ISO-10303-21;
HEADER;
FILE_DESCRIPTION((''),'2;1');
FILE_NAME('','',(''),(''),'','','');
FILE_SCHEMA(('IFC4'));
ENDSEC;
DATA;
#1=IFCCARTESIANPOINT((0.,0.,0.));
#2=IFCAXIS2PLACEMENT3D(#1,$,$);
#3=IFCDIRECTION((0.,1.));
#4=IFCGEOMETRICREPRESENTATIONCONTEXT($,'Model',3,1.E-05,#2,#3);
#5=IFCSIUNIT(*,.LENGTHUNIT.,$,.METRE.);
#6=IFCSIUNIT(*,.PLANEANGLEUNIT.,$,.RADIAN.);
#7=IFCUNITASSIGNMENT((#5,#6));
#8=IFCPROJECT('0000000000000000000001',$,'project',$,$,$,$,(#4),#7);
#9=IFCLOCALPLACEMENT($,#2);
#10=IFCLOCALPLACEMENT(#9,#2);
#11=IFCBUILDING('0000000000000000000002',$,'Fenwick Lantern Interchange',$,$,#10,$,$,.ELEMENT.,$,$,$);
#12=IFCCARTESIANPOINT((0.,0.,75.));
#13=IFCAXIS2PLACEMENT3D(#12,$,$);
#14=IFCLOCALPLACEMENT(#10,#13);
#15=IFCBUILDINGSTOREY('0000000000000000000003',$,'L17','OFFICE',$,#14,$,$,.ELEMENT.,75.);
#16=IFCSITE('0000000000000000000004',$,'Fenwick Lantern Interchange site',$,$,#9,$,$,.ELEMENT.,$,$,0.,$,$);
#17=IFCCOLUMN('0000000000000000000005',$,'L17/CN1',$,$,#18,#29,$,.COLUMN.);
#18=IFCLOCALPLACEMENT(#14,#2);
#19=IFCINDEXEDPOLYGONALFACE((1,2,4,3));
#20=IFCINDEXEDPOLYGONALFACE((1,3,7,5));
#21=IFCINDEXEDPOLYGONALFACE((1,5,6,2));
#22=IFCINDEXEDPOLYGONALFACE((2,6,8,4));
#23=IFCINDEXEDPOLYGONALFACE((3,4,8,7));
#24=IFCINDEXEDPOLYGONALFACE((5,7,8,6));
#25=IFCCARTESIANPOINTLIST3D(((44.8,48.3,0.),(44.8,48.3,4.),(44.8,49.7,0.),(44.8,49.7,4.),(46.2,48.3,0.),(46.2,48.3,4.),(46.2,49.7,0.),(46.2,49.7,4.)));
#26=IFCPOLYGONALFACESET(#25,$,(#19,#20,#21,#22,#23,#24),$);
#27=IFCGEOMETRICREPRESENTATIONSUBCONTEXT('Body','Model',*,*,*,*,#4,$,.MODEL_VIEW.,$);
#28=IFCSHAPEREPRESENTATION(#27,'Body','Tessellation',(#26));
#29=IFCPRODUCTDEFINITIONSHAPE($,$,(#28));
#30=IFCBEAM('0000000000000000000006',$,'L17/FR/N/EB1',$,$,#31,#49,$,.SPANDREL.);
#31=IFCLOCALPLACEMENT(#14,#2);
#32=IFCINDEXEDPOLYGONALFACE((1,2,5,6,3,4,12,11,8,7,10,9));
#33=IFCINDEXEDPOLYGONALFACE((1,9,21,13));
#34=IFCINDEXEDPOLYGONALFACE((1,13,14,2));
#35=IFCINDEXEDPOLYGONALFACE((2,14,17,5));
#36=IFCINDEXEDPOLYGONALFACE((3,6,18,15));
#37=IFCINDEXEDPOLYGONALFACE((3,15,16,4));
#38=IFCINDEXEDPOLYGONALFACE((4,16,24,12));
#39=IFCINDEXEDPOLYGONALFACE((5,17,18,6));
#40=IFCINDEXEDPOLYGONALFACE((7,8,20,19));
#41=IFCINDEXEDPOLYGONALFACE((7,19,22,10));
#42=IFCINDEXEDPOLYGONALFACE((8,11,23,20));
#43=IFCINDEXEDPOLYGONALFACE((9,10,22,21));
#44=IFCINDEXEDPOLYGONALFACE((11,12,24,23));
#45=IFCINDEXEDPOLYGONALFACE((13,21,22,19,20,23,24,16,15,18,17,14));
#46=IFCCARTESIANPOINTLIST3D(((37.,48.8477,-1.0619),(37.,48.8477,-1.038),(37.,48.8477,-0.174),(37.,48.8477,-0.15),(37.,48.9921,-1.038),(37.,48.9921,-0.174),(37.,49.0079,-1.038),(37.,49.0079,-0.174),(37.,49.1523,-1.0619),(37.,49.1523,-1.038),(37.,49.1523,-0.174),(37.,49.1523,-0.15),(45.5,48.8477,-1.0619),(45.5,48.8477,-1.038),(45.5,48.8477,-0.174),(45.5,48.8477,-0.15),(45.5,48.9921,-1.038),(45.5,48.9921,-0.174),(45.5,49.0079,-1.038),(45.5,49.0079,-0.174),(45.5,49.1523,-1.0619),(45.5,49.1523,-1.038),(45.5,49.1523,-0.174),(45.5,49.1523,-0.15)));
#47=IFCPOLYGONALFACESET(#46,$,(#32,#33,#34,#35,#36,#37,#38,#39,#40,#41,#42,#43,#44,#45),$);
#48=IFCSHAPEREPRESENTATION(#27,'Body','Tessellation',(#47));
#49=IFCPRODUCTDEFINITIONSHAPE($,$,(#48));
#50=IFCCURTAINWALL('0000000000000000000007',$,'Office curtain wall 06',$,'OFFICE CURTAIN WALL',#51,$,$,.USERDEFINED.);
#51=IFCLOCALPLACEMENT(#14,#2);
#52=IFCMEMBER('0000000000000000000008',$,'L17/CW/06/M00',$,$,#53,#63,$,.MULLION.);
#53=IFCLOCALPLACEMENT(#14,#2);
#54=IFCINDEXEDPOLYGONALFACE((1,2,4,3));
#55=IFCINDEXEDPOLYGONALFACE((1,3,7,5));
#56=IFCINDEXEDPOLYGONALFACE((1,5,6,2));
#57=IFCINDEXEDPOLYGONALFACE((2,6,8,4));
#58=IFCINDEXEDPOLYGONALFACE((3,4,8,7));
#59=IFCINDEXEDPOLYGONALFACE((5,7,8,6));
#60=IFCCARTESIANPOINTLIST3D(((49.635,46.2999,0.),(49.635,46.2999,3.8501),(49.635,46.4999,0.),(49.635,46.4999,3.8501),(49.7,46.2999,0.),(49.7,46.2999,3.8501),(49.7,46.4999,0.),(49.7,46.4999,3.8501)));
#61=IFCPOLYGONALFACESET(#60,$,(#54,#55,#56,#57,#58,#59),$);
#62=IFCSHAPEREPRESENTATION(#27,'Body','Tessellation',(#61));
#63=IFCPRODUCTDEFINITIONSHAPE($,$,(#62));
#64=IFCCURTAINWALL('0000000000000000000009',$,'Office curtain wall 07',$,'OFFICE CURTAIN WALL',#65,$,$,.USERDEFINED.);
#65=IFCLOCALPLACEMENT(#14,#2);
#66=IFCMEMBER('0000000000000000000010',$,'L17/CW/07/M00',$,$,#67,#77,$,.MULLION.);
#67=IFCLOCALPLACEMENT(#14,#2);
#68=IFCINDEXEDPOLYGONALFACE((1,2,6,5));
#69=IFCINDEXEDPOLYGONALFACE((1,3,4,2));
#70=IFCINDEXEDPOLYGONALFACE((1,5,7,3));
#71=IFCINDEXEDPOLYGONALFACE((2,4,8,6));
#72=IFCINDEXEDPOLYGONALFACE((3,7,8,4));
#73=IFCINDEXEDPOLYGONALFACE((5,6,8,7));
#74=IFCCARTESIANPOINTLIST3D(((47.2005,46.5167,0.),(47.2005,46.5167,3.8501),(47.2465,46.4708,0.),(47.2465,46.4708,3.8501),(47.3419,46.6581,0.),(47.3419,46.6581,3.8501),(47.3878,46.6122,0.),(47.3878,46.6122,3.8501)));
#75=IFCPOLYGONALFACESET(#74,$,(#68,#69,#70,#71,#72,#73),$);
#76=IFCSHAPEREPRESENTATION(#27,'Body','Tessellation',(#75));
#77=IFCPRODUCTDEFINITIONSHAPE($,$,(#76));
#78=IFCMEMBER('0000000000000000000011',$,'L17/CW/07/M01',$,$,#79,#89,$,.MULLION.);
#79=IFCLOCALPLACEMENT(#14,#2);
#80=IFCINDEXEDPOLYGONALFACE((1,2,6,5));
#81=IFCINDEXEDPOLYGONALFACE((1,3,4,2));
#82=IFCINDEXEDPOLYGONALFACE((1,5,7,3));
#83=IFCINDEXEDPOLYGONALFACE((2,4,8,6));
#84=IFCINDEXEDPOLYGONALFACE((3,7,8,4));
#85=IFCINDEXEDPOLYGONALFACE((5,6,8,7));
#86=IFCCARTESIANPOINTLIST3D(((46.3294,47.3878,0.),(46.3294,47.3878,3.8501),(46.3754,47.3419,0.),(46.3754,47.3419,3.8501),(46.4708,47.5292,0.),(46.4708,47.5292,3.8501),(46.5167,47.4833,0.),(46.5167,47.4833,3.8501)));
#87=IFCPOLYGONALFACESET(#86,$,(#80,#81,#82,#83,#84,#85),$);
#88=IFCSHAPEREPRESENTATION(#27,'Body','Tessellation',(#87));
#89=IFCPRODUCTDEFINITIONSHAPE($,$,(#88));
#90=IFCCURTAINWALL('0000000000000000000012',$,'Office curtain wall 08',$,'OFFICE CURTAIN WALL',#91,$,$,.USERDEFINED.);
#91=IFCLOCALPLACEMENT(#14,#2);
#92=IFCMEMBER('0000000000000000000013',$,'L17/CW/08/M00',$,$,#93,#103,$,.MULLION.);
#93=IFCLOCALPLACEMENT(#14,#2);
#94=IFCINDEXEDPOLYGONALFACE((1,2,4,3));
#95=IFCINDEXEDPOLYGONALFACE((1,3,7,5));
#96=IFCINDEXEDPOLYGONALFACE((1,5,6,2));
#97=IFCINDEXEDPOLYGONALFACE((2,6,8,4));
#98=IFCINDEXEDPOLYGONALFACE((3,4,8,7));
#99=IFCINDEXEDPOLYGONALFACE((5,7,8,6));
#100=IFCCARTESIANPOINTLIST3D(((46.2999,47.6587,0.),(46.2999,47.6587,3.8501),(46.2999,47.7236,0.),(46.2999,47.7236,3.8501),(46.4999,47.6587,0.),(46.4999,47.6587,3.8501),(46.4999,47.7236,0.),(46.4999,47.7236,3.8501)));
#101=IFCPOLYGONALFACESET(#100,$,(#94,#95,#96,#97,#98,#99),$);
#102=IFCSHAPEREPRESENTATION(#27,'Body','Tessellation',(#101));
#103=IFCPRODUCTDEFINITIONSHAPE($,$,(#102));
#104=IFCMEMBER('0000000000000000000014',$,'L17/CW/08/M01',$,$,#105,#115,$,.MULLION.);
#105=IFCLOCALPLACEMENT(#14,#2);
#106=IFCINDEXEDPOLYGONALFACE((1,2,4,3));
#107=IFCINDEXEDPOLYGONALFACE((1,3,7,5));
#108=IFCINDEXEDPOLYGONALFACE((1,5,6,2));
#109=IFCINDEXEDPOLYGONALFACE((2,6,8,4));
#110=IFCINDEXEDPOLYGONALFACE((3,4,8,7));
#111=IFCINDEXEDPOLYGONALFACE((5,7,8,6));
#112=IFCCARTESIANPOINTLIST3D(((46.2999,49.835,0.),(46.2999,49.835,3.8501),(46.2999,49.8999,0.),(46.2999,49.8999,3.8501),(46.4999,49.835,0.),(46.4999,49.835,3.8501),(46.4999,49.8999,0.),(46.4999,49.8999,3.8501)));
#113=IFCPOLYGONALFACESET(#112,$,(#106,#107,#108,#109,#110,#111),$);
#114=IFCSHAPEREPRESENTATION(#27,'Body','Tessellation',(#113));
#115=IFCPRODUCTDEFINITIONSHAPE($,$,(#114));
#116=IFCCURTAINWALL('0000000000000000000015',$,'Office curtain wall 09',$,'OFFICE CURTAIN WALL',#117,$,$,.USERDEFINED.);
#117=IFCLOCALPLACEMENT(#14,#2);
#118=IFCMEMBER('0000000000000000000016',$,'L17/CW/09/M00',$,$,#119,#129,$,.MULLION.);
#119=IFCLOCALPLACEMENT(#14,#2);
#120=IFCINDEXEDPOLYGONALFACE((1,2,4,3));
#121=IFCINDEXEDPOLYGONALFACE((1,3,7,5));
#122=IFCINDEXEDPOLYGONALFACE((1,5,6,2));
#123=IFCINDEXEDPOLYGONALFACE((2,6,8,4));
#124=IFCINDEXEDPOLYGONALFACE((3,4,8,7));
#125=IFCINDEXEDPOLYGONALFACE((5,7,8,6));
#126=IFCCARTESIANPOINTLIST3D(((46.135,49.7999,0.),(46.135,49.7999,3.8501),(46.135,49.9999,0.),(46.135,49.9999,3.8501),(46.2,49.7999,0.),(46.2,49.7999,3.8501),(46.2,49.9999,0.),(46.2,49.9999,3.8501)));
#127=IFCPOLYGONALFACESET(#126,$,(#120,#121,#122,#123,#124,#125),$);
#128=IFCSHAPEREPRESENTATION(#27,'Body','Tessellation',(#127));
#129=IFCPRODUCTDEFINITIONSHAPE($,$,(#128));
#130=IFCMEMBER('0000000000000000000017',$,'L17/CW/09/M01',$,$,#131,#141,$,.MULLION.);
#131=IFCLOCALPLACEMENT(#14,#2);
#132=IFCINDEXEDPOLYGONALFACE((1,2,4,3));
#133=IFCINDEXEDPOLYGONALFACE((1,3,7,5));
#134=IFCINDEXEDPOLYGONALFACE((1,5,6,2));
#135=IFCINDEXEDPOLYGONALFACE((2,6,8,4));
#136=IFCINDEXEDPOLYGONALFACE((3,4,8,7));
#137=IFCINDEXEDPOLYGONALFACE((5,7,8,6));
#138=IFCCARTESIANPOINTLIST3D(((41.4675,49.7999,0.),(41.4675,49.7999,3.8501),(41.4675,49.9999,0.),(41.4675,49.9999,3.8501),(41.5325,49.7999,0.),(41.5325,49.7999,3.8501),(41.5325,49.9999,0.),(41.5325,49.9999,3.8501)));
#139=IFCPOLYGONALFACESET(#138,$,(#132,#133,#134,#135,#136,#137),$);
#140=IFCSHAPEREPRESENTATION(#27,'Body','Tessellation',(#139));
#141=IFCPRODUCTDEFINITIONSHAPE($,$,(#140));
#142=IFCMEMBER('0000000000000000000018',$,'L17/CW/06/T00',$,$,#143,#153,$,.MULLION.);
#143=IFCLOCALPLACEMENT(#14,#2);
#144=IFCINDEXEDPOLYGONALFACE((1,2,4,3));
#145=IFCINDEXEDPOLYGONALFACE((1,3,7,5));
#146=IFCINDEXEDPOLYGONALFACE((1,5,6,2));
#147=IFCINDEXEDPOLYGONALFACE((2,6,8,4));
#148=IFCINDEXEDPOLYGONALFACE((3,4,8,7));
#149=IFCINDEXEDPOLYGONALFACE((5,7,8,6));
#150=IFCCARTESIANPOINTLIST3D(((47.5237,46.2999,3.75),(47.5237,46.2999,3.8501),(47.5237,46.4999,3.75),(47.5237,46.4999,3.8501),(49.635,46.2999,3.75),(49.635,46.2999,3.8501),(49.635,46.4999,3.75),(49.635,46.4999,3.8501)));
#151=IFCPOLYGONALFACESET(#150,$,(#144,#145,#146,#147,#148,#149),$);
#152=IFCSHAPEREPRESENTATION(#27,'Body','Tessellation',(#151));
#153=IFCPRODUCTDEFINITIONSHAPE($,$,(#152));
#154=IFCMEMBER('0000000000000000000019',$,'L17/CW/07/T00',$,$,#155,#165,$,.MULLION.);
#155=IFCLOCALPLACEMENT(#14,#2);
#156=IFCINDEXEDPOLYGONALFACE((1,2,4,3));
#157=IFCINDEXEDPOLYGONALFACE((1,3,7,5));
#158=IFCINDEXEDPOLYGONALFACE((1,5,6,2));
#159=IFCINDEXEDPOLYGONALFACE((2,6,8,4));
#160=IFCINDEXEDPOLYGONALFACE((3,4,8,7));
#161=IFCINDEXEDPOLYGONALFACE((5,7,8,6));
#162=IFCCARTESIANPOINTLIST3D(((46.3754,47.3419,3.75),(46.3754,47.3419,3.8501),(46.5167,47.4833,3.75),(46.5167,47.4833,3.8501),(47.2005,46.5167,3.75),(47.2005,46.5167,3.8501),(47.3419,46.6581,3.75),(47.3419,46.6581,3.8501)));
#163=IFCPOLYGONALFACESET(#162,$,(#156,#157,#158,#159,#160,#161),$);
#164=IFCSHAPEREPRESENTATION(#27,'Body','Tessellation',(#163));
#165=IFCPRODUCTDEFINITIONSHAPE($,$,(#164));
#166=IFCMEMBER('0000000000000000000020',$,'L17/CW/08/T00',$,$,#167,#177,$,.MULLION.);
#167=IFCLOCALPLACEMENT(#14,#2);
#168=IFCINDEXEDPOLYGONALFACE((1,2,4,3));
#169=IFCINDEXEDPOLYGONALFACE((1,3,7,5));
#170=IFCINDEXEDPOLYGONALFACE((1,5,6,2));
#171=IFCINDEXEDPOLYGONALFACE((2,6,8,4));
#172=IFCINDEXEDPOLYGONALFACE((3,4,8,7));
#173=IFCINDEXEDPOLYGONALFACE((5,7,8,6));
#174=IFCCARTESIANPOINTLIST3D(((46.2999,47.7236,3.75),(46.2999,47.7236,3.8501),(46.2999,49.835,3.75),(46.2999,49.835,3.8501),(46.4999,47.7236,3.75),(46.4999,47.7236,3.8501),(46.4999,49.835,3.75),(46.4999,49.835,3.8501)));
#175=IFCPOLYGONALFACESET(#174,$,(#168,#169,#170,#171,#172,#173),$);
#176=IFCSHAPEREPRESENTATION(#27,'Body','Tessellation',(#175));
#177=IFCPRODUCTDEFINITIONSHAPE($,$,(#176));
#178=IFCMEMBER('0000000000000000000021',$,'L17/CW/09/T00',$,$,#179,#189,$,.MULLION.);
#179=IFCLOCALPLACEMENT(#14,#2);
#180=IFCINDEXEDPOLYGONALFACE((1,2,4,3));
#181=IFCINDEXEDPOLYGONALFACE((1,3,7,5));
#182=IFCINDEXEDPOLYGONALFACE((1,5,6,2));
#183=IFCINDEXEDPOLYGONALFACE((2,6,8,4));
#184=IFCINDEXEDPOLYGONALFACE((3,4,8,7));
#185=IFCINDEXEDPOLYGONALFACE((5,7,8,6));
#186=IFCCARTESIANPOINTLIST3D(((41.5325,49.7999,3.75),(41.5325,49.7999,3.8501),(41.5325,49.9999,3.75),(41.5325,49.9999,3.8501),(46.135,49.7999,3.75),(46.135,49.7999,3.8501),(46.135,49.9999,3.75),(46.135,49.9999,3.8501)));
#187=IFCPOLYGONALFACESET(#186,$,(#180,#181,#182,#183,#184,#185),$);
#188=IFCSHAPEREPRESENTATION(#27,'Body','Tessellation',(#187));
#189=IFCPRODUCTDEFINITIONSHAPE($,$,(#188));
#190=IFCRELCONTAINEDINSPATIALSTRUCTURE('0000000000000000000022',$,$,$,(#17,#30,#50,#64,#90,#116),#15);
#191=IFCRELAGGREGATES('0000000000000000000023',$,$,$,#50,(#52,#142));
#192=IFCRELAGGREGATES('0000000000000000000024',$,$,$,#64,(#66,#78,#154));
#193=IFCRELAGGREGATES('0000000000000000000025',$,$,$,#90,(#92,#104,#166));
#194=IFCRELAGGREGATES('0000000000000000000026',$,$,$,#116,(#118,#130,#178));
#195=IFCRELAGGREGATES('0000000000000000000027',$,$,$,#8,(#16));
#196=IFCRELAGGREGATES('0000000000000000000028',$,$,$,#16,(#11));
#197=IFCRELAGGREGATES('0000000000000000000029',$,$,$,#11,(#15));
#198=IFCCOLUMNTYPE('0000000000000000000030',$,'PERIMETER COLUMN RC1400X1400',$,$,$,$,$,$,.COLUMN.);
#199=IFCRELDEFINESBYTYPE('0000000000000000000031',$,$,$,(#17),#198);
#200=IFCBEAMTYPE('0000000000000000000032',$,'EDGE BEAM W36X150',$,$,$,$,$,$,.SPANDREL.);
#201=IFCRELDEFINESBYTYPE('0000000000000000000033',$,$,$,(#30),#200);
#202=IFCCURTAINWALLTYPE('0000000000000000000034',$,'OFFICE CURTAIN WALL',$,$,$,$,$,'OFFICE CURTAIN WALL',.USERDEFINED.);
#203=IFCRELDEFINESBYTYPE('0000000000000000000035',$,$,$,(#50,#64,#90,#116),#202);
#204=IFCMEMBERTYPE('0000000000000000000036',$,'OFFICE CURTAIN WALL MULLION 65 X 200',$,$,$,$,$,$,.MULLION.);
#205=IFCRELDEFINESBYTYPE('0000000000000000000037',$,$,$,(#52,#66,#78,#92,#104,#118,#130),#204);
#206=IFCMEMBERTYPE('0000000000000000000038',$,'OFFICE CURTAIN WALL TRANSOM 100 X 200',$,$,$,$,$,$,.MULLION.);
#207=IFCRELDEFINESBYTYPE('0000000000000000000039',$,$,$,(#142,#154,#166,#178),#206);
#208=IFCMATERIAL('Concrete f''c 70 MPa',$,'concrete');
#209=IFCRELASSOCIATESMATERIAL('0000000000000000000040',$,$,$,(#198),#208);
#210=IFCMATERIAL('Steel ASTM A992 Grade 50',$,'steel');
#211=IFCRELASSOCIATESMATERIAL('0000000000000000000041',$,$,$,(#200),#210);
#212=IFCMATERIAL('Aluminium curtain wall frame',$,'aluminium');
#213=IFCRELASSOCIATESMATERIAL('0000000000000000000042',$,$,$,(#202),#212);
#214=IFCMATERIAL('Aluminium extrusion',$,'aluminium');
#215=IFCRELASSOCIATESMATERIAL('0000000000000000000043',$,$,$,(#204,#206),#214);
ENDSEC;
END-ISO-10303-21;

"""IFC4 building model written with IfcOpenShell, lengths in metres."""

from ifc_helpers import new_model, si_unit, direction, frame, origin, origin_2d, place, context, subcontext, project, spatial, rectangle, i_section, extrude, material, material_profile, profile_set, type_object, element, aggregate, save


model = new_model("IFC4")

# Units and contexts
model_context = context("Model", 3, precision=1e-05, world=origin(), true_north=direction((0.0, 1.0)))
body_context = subcontext(model_context, "Body", "Model", "MODEL_VIEW")
ifc_project = project(units=[si_unit("LENGTHUNIT", "METRE"), si_unit("PLANEANGLEUNIT", "RADIAN")], contexts=[model_context])

# Site, building, storey
site_placement = place(None, origin())
site = spatial("IfcSite", under=ifc_project, at=site_placement, Name="Fenwick Lantern Interchange site", CompositionType="ELEMENT", RefElevation=0.0)
building_placement = place(site_placement, origin())
building = spatial("IfcBuilding", under=site, at=building_placement, Name="Fenwick Lantern Interchange", CompositionType="ELEMENT")
storey_placement = place(building_placement, frame((0.0, 0.0, 75.0)))
storey = spatial("IfcBuildingStorey", under=building, at=storey_placement, Name="L17", Description="OFFICE", CompositionType="ELEMENT", Elevation=75.0)

# Column
ifc_material_1 = material(Name="Concrete f'c 70 MPa", Category="concrete")
ifc_material_profile_1 = material_profile(ifc_material_1, rectangle(XDim=1.3999, YDim=1.3999, at=origin_2d()), Name="RC1400X1400")
ifc_profile_set_1 = profile_set([ifc_material_profile_1], Name="Concrete f'c 70 MPa")
column_type = type_object("IfcColumnType", Name="PERIMETER COLUMN RC1400X1400", PredefinedType="COLUMN", material=ifc_profile_set_1)
column_placement = place(storey_placement, frame((45.5, 49.0, 0.0), z_axis=(0.0, 0.0, 1.0), x_axis=(1.0, 0.0, 0.0)))
element("IfcColumn", 1, at=column_placement, inside=storey, type_object=column_type, Name="L17/CN1", PredefinedType="COLUMN", context=body_context, shape_type="SweptSolid", body=[
    extrude(rectangle(XDim=1.3999, YDim=1.3999, at=origin_2d()), origin(), (0.0, 0.0, 1.0), 4.0),
])

# Beam
ifc_material_2 = material(Name="Steel ASTM A992 Grade 50", Category="steel")
ifc_material_profile_2 = material_profile(ifc_material_2, i_section(OverallWidth=0.3047, OverallDepth=0.9119, WebThickness=0.0159, FlangeThickness=0.0239, at=origin_2d()), Name="W36X150")
ifc_profile_set_2 = profile_set([ifc_material_profile_2], Name="Steel ASTM A992 Grade 50")
beam_type = type_object("IfcBeamType", Name="EDGE BEAM W36X150", PredefinedType="SPANDREL", material=ifc_profile_set_2)
beam_placement = place(storey_placement, frame((45.5, 49.0, -0.606), z_axis=(-1.0, 0.0, 0.0), x_axis=(0.0, -1.0, 0.0)))
element("IfcBeam", 2, at=beam_placement, inside=storey, type_object=beam_type, Name="L17/FR/N/EB1", PredefinedType="SPANDREL", context=body_context, shape_type="SweptSolid", body=[
    extrude(i_section(OverallWidth=0.3047, OverallDepth=0.9119, WebThickness=0.0159, FlangeThickness=0.0239, at=origin_2d()), origin(), (0.0, 0.0, 1.0), 8.5),
])

# Curtain wall, member
ifc_material_3 = material(Name="Aluminium curtain wall frame", Category="aluminium")
curtain_wall_type = type_object("IfcCurtainWallType", Name="OFFICE CURTAIN WALL", ElementType="OFFICE CURTAIN WALL", PredefinedType="USERDEFINED", material=ifc_material_3)
curtain_wall_1_placement = place(storey_placement, origin())
curtain_wall_1 = element("IfcCurtainWall", 3, at=curtain_wall_1_placement, inside=storey, type_object=curtain_wall_type, Name="Office curtain wall 06", ObjectType="OFFICE CURTAIN WALL", PredefinedType="USERDEFINED")
ifc_material_4 = material(Name="Aluminium extrusion", Category="aluminium")
ifc_material_profile_3 = material_profile(ifc_material_4, rectangle(XDim=0.2, YDim=0.0649, at=origin_2d()), Name="OFFICE CURTAIN WALL MULLION 65 X 200")
ifc_profile_set_3 = profile_set([ifc_material_profile_3], Name="Aluminium extrusion")
member_type_1 = type_object("IfcMemberType", Name="OFFICE CURTAIN WALL MULLION 65 X 200", PredefinedType="MULLION", material=ifc_profile_set_3)
member_1_placement = place(storey_placement, frame((49.6675, 46.3999, 0.0), z_axis=(0.0, 0.0, 1.0), x_axis=(0.0, -1.0, 0.0)))
member_1 = element("IfcMember", 4, at=member_1_placement, type_object=member_type_1, Name="L17/CW/06/M00", PredefinedType="MULLION", context=body_context, shape_type="SweptSolid", body=[
    extrude(rectangle(XDim=0.2, YDim=0.0649, at=origin_2d()), origin(), (0.0, 0.0, 1.0), 3.8501),
])

# Curtain walls, members
curtain_wall_2_placement = place(storey_placement, origin())
curtain_wall_2 = element("IfcCurtainWall", 5, at=curtain_wall_2_placement, inside=storey, type_object=curtain_wall_type, Name="Office curtain wall 07", ObjectType="OFFICE CURTAIN WALL", PredefinedType="USERDEFINED")
member_2_placement = place(storey_placement, frame((47.2942, 46.5645, 0.0), z_axis=(0.0, 0.0, 1.0), x_axis=(-0.707107, -0.707107, 0.0)))
member_2 = element("IfcMember", 6, at=member_2_placement, type_object=member_type_1, Name="L17/CW/07/M00", PredefinedType="MULLION", context=body_context, shape_type="SweptSolid", body=[
    extrude(rectangle(XDim=0.2, YDim=0.0649, at=origin_2d()), origin(), (0.0, 0.0, 1.0), 3.8501),
])
member_3_placement = place(storey_placement, frame((46.4231, 47.4355, 0.0), z_axis=(0.0, 0.0, 1.0), x_axis=(-0.707107, -0.707107, 0.0)))
member_3 = element("IfcMember", 7, at=member_3_placement, type_object=member_type_1, Name="L17/CW/07/M01", PredefinedType="MULLION", context=body_context, shape_type="SweptSolid", body=[
    extrude(rectangle(XDim=0.2, YDim=0.0649, at=origin_2d()), origin(), (0.0, 0.0, 1.0), 3.8501),
])
curtain_wall_3_placement = place(storey_placement, origin())
curtain_wall_3 = element("IfcCurtainWall", 8, at=curtain_wall_3_placement, inside=storey, type_object=curtain_wall_type, Name="Office curtain wall 08", ObjectType="OFFICE CURTAIN WALL", PredefinedType="USERDEFINED")
member_4_placement = place(storey_placement, frame((46.3999, 47.6912, 0.0), z_axis=(0.0, 0.0, 1.0), x_axis=(-1.0, 0.0, 0.0)))
member_4 = element("IfcMember", 9, at=member_4_placement, type_object=member_type_1, Name="L17/CW/08/M00", PredefinedType="MULLION", context=body_context, shape_type="SweptSolid", body=[
    extrude(rectangle(XDim=0.2, YDim=0.0649, at=origin_2d()), origin(), (0.0, 0.0, 1.0), 3.8501),
])
member_5_placement = place(storey_placement, frame((46.3999, 49.8674, 0.0), z_axis=(0.0, 0.0, 1.0), x_axis=(-1.0, 0.0, 0.0)))
member_5 = element("IfcMember", 10, at=member_5_placement, type_object=member_type_1, Name="L17/CW/08/M01", PredefinedType="MULLION", context=body_context, shape_type="SweptSolid", body=[
    extrude(rectangle(XDim=0.2, YDim=0.0649, at=origin_2d()), origin(), (0.0, 0.0, 1.0), 3.8501),
])
curtain_wall_4_placement = place(storey_placement, origin())
curtain_wall_4 = element("IfcCurtainWall", 11, at=curtain_wall_4_placement, inside=storey, type_object=curtain_wall_type, Name="Office curtain wall 09", ObjectType="OFFICE CURTAIN WALL", PredefinedType="USERDEFINED")
member_6_placement = place(storey_placement, frame((46.1675, 49.8999, 0.0), z_axis=(0.0, 0.0, 1.0), x_axis=(0.0, -1.0, 0.0)))
member_6 = element("IfcMember", 12, at=member_6_placement, type_object=member_type_1, Name="L17/CW/09/M00", PredefinedType="MULLION", context=body_context, shape_type="SweptSolid", body=[
    extrude(rectangle(XDim=0.2, YDim=0.0649, at=origin_2d()), origin(), (0.0, 0.0, 1.0), 3.8501),
])
member_7_placement = place(storey_placement, frame((41.5, 49.8999, 0.0), z_axis=(0.0, 0.0, 1.0), x_axis=(0.0, -1.0, 0.0)))
member_7 = element("IfcMember", 13, at=member_7_placement, type_object=member_type_1, Name="L17/CW/09/M01", PredefinedType="MULLION", context=body_context, shape_type="SweptSolid", body=[
    extrude(rectangle(XDim=0.2, YDim=0.0649, at=origin_2d()), origin(), (0.0, 0.0, 1.0), 3.8501),
])

# Members
ifc_material_profile_4 = material_profile(ifc_material_4, rectangle(XDim=0.2, YDim=0.1001, at=origin_2d()), Name="OFFICE CURTAIN WALL TRANSOM 100 X 200")
ifc_profile_set_4 = profile_set([ifc_material_profile_4], Name="Aluminium extrusion")
member_type_2 = type_object("IfcMemberType", Name="OFFICE CURTAIN WALL TRANSOM 100 X 200", PredefinedType="MULLION", material=ifc_profile_set_4)
member_8_placement = place(storey_placement, frame((49.635, 46.3999, 3.8), z_axis=(-1.0, 0.0, 0.0), x_axis=(0.0, -1.0, 0.0)))
member_8 = element("IfcMember", 14, at=member_8_placement, type_object=member_type_2, Name="L17/CW/06/T00", PredefinedType="MULLION", context=body_context, shape_type="SweptSolid", body=[
    extrude(rectangle(XDim=0.2, YDim=0.1001, at=origin_2d()), origin(), (0.0, 0.0, 1.0), 2.1113),
])
member_9_placement = place(storey_placement, frame((47.2712, 46.5874, 3.8), z_axis=(-0.707107, 0.707107, 0.0), x_axis=(-0.707107, -0.707107, 0.0)))
member_9 = element("IfcMember", 15, at=member_9_placement, type_object=member_type_2, Name="L17/CW/07/T00", PredefinedType="MULLION", context=body_context, shape_type="SweptSolid", body=[
    extrude(rectangle(XDim=0.2, YDim=0.1001, at=origin_2d()), origin(), (0.0, 0.0, 1.0), 1.167),
])
member_10_placement = place(storey_placement, frame((46.3999, 47.7236, 3.8), z_axis=(0.0, 1.0, 0.0), x_axis=(-1.0, 0.0, 0.0)))
member_10 = element("IfcMember", 16, at=member_10_placement, type_object=member_type_2, Name="L17/CW/08/T00", PredefinedType="MULLION", context=body_context, shape_type="SweptSolid", body=[
    extrude(rectangle(XDim=0.2, YDim=0.1001, at=origin_2d()), origin(), (0.0, 0.0, 1.0), 2.1113),
])
member_11_placement = place(storey_placement, frame((46.135, 49.8999, 3.8), z_axis=(-1.0, 0.0, 0.0), x_axis=(0.0, -1.0, 0.0)))
member_11 = element("IfcMember", 17, at=member_11_placement, type_object=member_type_2, Name="L17/CW/09/T00", PredefinedType="MULLION", context=body_context, shape_type="SweptSolid", body=[
    extrude(rectangle(XDim=0.2, YDim=0.1001, at=origin_2d()), origin(), (0.0, 0.0, 1.0), 4.6025),
])

aggregate(curtain_wall_1, [member_1, member_8])
aggregate(curtain_wall_2, [member_2, member_3, member_9])
aggregate(curtain_wall_3, [member_4, member_5, member_10])
aggregate(curtain_wall_4, [member_6, member_7, member_11])

save(model, "model.ifc")
